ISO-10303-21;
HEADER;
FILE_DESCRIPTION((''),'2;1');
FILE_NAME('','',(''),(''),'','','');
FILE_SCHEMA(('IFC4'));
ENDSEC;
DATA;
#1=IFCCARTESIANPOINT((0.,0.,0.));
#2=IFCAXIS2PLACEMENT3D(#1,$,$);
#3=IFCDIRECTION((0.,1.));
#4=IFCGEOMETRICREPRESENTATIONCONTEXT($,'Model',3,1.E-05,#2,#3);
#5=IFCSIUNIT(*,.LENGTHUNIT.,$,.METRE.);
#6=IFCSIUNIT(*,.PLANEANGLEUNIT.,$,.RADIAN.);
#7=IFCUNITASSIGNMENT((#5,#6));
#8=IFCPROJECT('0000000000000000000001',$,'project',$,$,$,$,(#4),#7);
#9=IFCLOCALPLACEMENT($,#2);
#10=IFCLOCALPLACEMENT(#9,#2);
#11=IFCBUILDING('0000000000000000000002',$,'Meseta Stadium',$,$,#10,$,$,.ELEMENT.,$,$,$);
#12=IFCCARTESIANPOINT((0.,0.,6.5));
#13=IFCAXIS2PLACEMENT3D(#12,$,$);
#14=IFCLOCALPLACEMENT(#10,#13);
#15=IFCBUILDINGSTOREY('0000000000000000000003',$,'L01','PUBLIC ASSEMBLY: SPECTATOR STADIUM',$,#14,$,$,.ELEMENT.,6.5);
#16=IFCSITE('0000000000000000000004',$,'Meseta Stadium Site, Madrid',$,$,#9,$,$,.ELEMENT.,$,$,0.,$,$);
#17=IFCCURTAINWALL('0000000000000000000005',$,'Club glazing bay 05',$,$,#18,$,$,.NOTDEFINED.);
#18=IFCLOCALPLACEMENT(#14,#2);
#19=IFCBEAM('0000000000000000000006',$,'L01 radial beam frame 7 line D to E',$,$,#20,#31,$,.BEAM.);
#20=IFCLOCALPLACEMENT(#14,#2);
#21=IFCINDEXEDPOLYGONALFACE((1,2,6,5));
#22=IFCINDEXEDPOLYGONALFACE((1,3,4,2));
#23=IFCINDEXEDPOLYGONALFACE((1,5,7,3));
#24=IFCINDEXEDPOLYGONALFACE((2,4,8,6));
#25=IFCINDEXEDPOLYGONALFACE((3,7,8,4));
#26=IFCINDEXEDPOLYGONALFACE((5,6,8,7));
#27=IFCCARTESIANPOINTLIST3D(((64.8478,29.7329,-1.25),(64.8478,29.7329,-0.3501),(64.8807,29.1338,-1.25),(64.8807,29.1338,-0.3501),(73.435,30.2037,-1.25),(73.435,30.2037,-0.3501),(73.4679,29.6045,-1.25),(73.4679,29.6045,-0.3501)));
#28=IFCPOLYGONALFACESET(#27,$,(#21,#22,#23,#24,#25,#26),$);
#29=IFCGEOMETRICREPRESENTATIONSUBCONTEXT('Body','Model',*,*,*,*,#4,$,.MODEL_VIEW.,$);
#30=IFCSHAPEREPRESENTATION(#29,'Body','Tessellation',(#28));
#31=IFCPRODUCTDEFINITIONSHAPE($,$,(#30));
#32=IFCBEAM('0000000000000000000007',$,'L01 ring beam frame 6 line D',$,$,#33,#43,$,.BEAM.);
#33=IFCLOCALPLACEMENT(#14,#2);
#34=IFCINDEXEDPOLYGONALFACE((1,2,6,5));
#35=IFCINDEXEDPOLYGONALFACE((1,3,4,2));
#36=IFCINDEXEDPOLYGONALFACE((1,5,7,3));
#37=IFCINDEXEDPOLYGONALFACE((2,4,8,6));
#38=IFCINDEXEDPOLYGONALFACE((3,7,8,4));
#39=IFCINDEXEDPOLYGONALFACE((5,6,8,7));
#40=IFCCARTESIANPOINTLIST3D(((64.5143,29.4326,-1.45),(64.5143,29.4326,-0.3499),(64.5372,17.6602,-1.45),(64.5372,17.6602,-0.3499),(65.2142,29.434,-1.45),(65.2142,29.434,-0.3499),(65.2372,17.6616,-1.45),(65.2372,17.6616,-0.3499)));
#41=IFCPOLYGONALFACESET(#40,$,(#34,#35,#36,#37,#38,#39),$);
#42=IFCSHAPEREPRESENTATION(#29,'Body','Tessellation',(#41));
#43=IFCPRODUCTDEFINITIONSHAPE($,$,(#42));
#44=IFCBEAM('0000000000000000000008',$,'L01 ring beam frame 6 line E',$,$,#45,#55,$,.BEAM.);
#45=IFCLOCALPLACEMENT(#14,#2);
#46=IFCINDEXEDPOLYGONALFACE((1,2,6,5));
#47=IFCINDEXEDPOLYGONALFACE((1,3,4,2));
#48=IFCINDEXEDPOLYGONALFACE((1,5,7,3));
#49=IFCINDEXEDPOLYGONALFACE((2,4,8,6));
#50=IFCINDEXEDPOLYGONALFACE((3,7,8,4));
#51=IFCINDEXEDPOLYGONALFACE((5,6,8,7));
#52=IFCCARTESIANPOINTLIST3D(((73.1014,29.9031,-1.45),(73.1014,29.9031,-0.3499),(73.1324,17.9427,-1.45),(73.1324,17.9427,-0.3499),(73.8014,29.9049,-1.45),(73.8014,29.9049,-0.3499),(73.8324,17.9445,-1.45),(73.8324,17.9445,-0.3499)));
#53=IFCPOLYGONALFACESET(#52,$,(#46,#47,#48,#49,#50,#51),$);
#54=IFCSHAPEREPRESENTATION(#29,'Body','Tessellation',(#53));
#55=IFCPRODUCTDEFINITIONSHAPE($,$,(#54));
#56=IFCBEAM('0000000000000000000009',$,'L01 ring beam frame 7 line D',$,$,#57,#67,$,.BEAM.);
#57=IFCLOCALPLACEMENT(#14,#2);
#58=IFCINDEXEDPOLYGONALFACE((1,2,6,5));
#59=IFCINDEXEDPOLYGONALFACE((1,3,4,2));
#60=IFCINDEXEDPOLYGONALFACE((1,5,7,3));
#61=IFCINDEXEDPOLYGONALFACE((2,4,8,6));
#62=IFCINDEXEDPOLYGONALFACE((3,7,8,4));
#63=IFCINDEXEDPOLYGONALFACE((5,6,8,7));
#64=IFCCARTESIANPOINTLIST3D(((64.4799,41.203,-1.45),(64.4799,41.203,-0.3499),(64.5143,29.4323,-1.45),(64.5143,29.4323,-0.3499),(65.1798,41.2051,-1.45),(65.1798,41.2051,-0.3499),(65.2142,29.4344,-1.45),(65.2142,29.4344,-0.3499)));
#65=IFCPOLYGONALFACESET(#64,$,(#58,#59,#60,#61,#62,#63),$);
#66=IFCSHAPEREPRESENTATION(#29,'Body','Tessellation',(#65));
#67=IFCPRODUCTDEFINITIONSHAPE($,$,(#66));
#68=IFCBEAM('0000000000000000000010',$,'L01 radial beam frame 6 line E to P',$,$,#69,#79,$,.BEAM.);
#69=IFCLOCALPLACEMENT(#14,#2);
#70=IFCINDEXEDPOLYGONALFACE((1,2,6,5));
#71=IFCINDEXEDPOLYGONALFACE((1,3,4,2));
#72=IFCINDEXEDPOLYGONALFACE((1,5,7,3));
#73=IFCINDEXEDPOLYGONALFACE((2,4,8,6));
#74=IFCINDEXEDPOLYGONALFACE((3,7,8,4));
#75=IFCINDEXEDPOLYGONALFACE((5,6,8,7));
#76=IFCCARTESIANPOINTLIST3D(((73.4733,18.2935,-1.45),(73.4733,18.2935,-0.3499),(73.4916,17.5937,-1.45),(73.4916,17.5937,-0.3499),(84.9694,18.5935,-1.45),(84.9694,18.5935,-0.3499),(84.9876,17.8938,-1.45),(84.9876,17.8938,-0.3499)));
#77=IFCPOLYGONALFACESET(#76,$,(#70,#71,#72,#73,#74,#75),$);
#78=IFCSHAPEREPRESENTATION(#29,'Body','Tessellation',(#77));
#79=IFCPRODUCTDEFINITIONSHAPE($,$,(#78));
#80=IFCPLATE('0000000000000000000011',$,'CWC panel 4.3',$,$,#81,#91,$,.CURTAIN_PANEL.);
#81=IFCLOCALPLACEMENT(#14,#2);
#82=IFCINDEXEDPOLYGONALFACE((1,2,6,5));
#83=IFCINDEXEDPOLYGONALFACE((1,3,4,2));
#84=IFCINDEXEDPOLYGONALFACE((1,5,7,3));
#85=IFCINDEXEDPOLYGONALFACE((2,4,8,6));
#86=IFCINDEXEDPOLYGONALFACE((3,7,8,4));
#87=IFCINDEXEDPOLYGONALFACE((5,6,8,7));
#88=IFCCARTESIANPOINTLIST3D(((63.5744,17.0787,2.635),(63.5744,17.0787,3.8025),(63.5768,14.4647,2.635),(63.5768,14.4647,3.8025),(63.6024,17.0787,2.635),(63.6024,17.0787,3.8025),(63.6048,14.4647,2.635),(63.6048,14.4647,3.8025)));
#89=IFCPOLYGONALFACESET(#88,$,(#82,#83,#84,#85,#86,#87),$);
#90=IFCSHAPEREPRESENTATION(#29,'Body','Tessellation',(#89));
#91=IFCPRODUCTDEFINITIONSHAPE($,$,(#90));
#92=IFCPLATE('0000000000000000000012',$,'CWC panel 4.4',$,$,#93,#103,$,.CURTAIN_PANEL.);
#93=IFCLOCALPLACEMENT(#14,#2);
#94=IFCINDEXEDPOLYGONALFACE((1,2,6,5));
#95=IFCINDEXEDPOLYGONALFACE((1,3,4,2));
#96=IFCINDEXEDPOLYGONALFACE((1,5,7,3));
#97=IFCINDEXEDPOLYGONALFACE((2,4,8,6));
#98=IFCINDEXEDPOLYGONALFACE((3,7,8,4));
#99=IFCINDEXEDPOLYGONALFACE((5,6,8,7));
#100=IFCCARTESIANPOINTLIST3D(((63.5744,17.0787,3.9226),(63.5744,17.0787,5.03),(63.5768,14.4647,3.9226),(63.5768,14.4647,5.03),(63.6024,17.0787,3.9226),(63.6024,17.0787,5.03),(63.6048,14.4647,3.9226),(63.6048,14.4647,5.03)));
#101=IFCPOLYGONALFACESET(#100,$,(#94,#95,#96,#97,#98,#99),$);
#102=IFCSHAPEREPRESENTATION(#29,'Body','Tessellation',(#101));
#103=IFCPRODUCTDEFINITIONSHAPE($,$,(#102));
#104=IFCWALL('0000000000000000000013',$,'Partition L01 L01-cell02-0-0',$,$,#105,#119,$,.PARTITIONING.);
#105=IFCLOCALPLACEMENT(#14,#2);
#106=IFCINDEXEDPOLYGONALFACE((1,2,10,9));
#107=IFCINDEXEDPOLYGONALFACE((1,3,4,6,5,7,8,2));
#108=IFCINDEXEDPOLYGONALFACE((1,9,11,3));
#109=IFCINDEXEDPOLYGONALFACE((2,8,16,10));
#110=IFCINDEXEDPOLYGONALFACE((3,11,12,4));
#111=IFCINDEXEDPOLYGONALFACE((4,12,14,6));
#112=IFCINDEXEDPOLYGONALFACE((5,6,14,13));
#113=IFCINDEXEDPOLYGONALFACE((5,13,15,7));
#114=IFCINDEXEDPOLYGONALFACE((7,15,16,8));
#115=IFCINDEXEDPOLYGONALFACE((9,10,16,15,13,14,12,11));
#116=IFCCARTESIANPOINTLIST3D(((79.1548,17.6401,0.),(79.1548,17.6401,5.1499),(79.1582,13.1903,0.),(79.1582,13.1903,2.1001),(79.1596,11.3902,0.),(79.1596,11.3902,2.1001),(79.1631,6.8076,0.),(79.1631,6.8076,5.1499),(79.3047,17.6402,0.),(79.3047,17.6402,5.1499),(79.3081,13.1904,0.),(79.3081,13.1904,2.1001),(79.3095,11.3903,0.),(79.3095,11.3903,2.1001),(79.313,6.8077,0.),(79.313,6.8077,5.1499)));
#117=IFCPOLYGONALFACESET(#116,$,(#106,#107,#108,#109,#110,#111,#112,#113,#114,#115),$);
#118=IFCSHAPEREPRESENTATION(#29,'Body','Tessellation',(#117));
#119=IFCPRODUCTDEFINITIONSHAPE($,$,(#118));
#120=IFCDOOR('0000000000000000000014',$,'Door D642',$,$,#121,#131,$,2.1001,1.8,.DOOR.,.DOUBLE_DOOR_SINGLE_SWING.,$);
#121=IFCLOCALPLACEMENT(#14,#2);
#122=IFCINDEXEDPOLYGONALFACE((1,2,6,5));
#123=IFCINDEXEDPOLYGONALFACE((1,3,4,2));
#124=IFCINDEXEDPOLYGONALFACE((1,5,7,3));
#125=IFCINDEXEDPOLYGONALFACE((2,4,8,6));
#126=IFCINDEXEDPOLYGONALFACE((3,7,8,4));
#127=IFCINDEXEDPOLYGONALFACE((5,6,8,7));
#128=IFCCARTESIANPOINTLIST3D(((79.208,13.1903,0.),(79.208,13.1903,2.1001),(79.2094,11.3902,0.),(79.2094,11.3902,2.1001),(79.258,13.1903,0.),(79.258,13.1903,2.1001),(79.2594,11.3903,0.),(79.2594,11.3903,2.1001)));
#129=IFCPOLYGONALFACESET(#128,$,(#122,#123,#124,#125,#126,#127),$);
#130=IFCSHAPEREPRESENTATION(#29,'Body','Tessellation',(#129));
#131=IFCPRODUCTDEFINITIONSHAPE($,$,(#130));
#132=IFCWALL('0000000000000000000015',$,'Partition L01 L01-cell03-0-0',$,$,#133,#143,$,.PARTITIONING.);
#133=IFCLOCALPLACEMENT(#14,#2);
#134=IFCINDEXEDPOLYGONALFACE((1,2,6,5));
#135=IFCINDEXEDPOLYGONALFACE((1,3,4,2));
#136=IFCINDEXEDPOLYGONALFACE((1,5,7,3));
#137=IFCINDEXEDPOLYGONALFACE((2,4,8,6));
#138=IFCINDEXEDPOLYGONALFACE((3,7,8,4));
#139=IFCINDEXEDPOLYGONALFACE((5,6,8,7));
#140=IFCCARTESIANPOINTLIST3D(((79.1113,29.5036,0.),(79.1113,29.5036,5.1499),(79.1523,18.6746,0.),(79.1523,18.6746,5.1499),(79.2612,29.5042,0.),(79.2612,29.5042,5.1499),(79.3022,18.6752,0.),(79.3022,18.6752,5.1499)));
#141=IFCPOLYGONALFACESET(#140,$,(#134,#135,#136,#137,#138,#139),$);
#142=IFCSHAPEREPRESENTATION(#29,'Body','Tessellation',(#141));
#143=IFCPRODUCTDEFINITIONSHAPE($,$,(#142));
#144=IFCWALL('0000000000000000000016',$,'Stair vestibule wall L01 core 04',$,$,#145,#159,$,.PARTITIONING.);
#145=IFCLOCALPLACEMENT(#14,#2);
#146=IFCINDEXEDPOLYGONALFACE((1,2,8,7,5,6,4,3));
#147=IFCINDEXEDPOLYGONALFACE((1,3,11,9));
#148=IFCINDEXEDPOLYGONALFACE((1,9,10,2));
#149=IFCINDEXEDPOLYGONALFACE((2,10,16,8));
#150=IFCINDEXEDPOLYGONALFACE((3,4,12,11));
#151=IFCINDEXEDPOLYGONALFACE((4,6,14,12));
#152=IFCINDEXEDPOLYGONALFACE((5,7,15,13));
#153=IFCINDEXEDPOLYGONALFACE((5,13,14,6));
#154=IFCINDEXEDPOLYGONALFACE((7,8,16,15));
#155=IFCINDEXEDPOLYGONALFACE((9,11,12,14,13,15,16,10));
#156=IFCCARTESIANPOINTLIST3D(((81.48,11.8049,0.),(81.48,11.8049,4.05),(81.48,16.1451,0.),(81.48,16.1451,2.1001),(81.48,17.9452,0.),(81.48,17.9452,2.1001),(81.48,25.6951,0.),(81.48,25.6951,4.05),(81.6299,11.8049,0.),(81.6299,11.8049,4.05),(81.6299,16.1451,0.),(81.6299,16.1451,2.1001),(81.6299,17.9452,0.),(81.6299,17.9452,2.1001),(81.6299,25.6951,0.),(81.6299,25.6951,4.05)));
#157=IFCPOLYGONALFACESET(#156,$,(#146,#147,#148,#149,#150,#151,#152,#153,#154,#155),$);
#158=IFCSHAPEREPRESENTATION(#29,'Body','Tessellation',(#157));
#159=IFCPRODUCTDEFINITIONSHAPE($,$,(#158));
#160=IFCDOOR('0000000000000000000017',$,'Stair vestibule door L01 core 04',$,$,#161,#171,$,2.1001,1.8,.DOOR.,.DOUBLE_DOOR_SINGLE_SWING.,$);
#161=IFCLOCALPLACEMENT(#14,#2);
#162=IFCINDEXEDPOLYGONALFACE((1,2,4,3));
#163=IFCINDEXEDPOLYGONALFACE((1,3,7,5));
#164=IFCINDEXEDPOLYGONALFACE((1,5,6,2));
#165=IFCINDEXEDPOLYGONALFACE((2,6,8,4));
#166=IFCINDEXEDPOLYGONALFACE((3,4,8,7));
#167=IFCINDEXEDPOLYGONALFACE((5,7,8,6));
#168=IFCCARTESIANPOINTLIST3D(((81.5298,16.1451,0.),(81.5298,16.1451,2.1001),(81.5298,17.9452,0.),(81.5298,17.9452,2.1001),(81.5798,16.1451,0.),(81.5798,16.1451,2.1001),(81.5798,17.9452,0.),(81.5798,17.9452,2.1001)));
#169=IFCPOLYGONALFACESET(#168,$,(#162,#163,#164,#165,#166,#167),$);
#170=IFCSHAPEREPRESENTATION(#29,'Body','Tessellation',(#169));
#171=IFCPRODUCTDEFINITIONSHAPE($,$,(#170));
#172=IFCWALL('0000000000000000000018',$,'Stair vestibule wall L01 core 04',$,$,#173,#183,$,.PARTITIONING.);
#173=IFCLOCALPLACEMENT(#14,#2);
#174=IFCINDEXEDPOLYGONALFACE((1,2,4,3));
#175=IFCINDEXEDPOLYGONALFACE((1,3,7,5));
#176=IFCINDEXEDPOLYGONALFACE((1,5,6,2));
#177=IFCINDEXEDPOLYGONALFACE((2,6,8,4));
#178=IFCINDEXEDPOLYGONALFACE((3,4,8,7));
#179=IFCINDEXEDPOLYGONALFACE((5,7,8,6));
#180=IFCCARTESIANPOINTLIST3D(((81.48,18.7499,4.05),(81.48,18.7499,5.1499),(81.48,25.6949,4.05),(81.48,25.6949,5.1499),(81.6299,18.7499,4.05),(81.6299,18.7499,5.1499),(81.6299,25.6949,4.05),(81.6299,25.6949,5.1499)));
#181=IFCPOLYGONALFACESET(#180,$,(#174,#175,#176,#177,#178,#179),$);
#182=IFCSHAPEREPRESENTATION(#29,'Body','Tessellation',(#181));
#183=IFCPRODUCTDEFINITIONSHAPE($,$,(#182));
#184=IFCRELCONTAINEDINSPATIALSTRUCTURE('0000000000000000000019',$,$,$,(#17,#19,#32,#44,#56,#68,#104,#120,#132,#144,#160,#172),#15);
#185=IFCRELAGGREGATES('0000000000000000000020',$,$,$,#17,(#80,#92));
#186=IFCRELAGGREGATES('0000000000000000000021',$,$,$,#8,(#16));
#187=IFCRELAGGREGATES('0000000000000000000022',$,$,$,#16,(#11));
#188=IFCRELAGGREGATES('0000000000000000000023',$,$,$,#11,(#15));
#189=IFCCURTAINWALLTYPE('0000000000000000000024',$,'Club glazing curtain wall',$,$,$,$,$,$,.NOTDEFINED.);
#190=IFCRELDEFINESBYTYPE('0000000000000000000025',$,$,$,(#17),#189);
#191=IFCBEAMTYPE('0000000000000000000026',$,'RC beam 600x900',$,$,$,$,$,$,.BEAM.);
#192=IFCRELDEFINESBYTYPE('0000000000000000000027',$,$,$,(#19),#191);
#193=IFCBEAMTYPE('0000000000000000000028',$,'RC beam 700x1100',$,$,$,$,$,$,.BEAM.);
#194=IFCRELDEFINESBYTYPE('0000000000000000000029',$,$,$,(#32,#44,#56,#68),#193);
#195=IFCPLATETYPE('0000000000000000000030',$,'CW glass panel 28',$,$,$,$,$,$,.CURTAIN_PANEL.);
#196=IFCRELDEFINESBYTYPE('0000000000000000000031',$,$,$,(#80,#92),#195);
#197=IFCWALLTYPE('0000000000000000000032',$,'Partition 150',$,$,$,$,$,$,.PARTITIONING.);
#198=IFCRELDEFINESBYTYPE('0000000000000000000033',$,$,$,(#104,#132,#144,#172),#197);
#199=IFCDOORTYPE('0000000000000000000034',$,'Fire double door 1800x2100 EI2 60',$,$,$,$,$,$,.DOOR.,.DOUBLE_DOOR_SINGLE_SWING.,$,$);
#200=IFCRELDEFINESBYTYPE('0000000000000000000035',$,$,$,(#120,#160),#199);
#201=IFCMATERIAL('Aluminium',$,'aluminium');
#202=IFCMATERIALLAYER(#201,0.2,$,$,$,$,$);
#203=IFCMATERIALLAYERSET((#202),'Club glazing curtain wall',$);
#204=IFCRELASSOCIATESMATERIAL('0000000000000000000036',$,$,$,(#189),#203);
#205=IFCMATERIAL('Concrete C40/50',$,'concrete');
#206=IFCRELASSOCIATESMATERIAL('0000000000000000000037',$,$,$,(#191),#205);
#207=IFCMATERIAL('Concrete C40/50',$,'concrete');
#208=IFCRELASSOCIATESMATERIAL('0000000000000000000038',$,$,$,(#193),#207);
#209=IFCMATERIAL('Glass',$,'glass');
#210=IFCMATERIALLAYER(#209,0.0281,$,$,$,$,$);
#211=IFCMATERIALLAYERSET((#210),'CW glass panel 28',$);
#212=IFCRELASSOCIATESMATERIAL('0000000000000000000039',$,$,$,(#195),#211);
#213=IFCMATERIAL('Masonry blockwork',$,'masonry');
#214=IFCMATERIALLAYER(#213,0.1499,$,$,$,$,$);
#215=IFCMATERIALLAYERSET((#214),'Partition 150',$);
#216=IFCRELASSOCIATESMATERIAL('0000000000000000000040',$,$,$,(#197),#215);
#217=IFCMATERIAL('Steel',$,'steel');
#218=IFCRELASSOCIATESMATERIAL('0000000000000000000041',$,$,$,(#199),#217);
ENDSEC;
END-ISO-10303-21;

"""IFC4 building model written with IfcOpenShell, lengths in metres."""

from ifc_helpers import new_model, si_unit, direction, frame, frame_2d, origin, origin_2d, place, context, subcontext, project, spatial, rectangle, extrude, material, layer, layer_set, material_profile, profile_set, type_object, element, fill, aggregate, save


model = new_model("IFC4")

# Units and contexts
model_context = context("Model", 3, precision=1e-05, world=origin(), true_north=direction((0.0, 1.0)))
body_context = subcontext(model_context, "Body", "Model", "MODEL_VIEW")
ifc_project = project(units=[si_unit("LENGTHUNIT", "METRE"), si_unit("PLANEANGLEUNIT", "RADIAN")], contexts=[model_context])

# Site, building, storey
site_placement = place(None, origin())
site = spatial("IfcSite", under=ifc_project, at=site_placement, Name="Meseta Stadium Site, Madrid", CompositionType="ELEMENT", RefElevation=0.0)
building_placement = place(site_placement, origin())
building = spatial("IfcBuilding", under=site, at=building_placement, Name="Meseta Stadium", CompositionType="ELEMENT")
storey_placement = place(building_placement, frame((0.0, 0.0, 6.5)))
storey = spatial("IfcBuildingStorey", under=building, at=storey_placement, Name="L01", Description="PUBLIC ASSEMBLY: SPECTATOR STADIUM", CompositionType="ELEMENT", Elevation=6.5)

# Curtain wall
ifc_material_1 = material(Name="Aluminium", Category="aluminium")
ifc_layer_1 = layer(ifc_material_1, 0.2)
ifc_layer_set_1 = layer_set([ifc_layer_1], Name="Club glazing curtain wall")
curtain_wall_type = type_object("IfcCurtainWallType", Name="Club glazing curtain wall", PredefinedType="NOTDEFINED", material=ifc_layer_set_1)
curtain_wall_placement = place(storey_placement, origin())
curtain_wall = element("IfcCurtainWall", 1, at=curtain_wall_placement, inside=storey, type_object=curtain_wall_type, Name="Club glazing bay 05", PredefinedType="NOTDEFINED")

# Beams
ifc_material_2 = material(Name="Concrete C40/50", Category="concrete")
ifc_material_profile_1 = material_profile(ifc_material_2, rectangle(XDim=0.6001, YDim=0.8999, at=origin_2d()), Name="RC 600x900")
ifc_profile_set_1 = profile_set([ifc_material_profile_1], Name="Concrete C40/50")
beam_type_1 = type_object("IfcBeamType", Name="RC beam 600x900", PredefinedType="BEAM", material=ifc_profile_set_1)
beam_1_placement = place(storey_placement, frame((64.8643, 29.4333, -0.8), z_axis=(0.998501, 0.054733, 0.0), x_axis=(-0.054733, 0.998501, 0.0)))
element("IfcBeam", 2, at=beam_1_placement, inside=storey, type_object=beam_type_1, Name="L01 radial beam frame 7 line D to E", PredefinedType="BEAM", context=body_context, shape_type="SweptSolid", body=[
    extrude(rectangle(XDim=0.6001, YDim=0.8999, at=origin_2d()), origin(), (0.0, 0.0, 1.0), 8.6001),
])
ifc_material_3 = material(Name="Concrete C40/50", Category="concrete")
ifc_material_profile_2 = material_profile(ifc_material_3, rectangle(XDim=0.7, YDim=1.1001, at=origin_2d()), Name="RC 700x1100")
ifc_profile_set_2 = profile_set([ifc_material_profile_2], Name="Concrete C40/50")
beam_type_2 = type_object("IfcBeamType", Name="RC beam 700x1100", PredefinedType="BEAM", material=ifc_profile_set_2)
beam_2_placement = place(storey_placement, frame((64.8872, 17.6609, -0.8999), z_axis=(-0.001949, 0.999998, 0.0), x_axis=(-0.999998, -0.001949, 0.0)))
element("IfcBeam", 3, at=beam_2_placement, inside=storey, type_object=beam_type_2, Name="L01 ring beam frame 6 line D", PredefinedType="BEAM", context=body_context, shape_type="SweptSolid", body=[
    extrude(rectangle(XDim=0.7, YDim=1.1001, at=origin_2d()), origin(), (0.0, 0.0, 1.0), 11.7725),
])
beam_3_placement = place(storey_placement, frame((73.4824, 17.9436, -0.8999), z_axis=(-0.002592, 0.999997, 0.0), x_axis=(-0.999997, -0.002592, 0.0)))
element("IfcBeam", 4, at=beam_3_placement, inside=storey, type_object=beam_type_2, Name="L01 ring beam frame 6 line E", PredefinedType="BEAM", context=body_context, shape_type="SweptSolid", body=[
    extrude(rectangle(XDim=0.7, YDim=1.1001, at=origin_2d()), origin(), (0.0, 0.0, 1.0), 11.9604),
])
beam_4_placement = place(storey_placement, frame((64.8643, 29.4333, -0.8999), z_axis=(-0.002925, 0.999996, 0.0), x_axis=(-0.999996, -0.002925, 0.0)))
element("IfcBeam", 5, at=beam_4_placement, inside=storey, type_object=beam_type_2, Name="L01 ring beam frame 7 line D", PredefinedType="BEAM", context=body_context, shape_type="SweptSolid", body=[
    extrude(rectangle(XDim=0.7, YDim=1.1001, at=origin_2d()), origin(), (0.0, 0.0, 1.0), 11.7708),
])
beam_5_placement = place(storey_placement, frame((73.4824, 17.9436, -0.8999), z_axis=(0.99966, 0.026091, 0.0), x_axis=(-0.026091, 0.99966, 0.0)))
element("IfcBeam", 6, at=beam_5_placement, inside=storey, type_object=beam_type_2, Name="L01 radial beam frame 6 line E to P", PredefinedType="BEAM", context=body_context, shape_type="SweptSolid", body=[
    extrude(rectangle(XDim=0.7, YDim=1.1001, at=origin_2d()), origin(), (0.0, 0.0, 1.0), 11.5),
])

# Plates
ifc_material_4 = material(Name="Glass", Category="glass")
ifc_layer_2 = layer(ifc_material_4, 0.0281)
ifc_layer_set_2 = layer_set([ifc_layer_2], Name="CW glass panel 28")
plate_type = type_object("IfcPlateType", Name="CW glass panel 28", PredefinedType="CURTAIN_PANEL", material=ifc_layer_set_2)
plate_1_placement = place(storey_placement, frame((63.5896, 15.7717, 2.635), z_axis=(0.0, 0.0, 1.0), x_axis=(-0.000925, 1.0, 0.0)))
plate_1 = element("IfcPlate", 7, at=plate_1_placement, type_object=plate_type, Name="CWC panel 4.3", PredefinedType="CURTAIN_PANEL", context=body_context, shape_type="SweptSolid", body=[
    extrude(rectangle(XDim=2.614, YDim=0.0281, at=origin_2d()), origin(), (0.0, 0.0, 1.0), 1.1675),
])
plate_2_placement = place(storey_placement, frame((63.5896, 15.7717, 3.9226), z_axis=(0.0, 0.0, 1.0), x_axis=(-0.000925, 1.0, 0.0)))
plate_2 = element("IfcPlate", 8, at=plate_2_placement, type_object=plate_type, Name="CWC panel 4.4", PredefinedType="CURTAIN_PANEL", context=body_context, shape_type="SweptSolid", body=[
    extrude(rectangle(XDim=2.614, YDim=0.0281, at=origin_2d()), origin(), (0.0, 0.0, 1.0), 1.1074),
])
aggregate(curtain_wall, [plate_1, plate_2])

# Wall, opening, door
ifc_material_5 = material(Name="Masonry blockwork", Category="masonry")
ifc_layer_3 = layer(ifc_material_5, 0.1499)
ifc_layer_set_3 = layer_set([ifc_layer_3], Name="Partition 150")
wall_type = type_object("IfcWallType", Name="Partition 150", PredefinedType="PARTITIONING", material=ifc_layer_set_3)
wall_1_placement = place(storey_placement, frame((79.2297, 17.6401, 0.0), z_axis=(0.0, 0.0, 1.0), x_axis=(0.000766, -1.0, 0.0)))
wall_1 = element("IfcWall", 9, at=wall_1_placement, inside=storey, type_object=wall_type, Name="Partition L01 L01-cell02-0-0", PredefinedType="PARTITIONING", context=body_context, shape_type="SweptSolid", body=[
    extrude(rectangle(XDim=10.8325, YDim=0.1499, at=frame_2d((5.4163, 0.0))), origin(), (0.0, 0.0, 1.0), 5.1499),
])
opening_1_placement = place(wall_1_placement, frame((4.45, 0.0, 0.0)))
opening_1 = element("IfcOpeningElement", 10, at=opening_1_placement, cuts=wall_1, PredefinedType="OPENING", context=body_context, shape_type="SweptSolid", body=[
    extrude(rectangle(XDim=1.8, YDim=2.1001, at=frame_2d((0.8999, 1.05))), frame((0.0, 0.085, 0.0), z_axis=(0.0, -1.0, 0.0), x_axis=(1.0, 0.0, 0.0)), (0.0, 0.0, 1.0), 0.1699),
])
ifc_material_6 = material(Name="Steel", Category="steel")
door_type = type_object("IfcDoorType", Name="Fire double door 1800x2100 EI2 60", OperationType="DOUBLE_DOOR_SINGLE_SWING", PredefinedType="DOOR", material=ifc_material_6)
door_1_placement = place(opening_1_placement, origin())
door_1 = element("IfcDoor", 11, at=door_1_placement, inside=storey, type_object=door_type, Name="Door D642", OperationType="DOUBLE_DOOR_SINGLE_SWING", OverallHeight=2.1001, OverallWidth=1.8, PredefinedType="DOOR", context=body_context, shape_type="SweptSolid", body=[
    extrude(rectangle(XDim=1.8, YDim=2.1001, at=frame_2d((0.8999, 1.05))), frame((0.0, 0.0249, 0.0), z_axis=(0.0, -1.0, 0.0), x_axis=(1.0, 0.0, 0.0)), (0.0, 0.0, 1.0), 0.05),
])
fill(opening_1, door_1)

# Wall
wall_2_placement = place(storey_placement, frame((79.1863, 29.5039, 0.0), z_axis=(0.0, 0.0, 1.0), x_axis=(0.003788, -0.999993, 0.0)))
element("IfcWall", 12, at=wall_2_placement, inside=storey, type_object=wall_type, Name="Partition L01 L01-cell03-0-0", PredefinedType="PARTITIONING", context=body_context, shape_type="SweptSolid", body=[
    extrude(rectangle(XDim=10.8291, YDim=0.1499, at=frame_2d((5.4146, 0.0))), origin(), (0.0, 0.0, 1.0), 5.1499),
])

# Wall, opening, door
wall_3_placement = place(storey_placement, frame((81.5549, 25.6951, 0.0), z_axis=(0.0, 0.0, 1.0), x_axis=(0.0, -1.0, 0.0)))
wall_3 = element("IfcWall", 13, at=wall_3_placement, inside=storey, type_object=wall_type, Name="Stair vestibule wall L01 core 04", PredefinedType="PARTITIONING", context=body_context, shape_type="SweptSolid", body=[
    extrude(rectangle(XDim=13.8901, YDim=0.1499, at=frame_2d((6.9451, 0.0))), origin(), (0.0, 0.0, 1.0), 4.05),
])
opening_2_placement = place(wall_3_placement, frame((7.75, 0.0, 0.0)))
opening_2 = element("IfcOpeningElement", 14, at=opening_2_placement, cuts=wall_3, PredefinedType="OPENING", context=body_context, shape_type="SweptSolid", body=[
    extrude(rectangle(XDim=1.8, YDim=2.1001, at=frame_2d((0.8999, 1.05))), frame((0.0, 0.085, 0.0), z_axis=(0.0, -1.0, 0.0), x_axis=(1.0, 0.0, 0.0)), (0.0, 0.0, 1.0), 0.1699),
])
door_2_placement = place(opening_2_placement, origin())
door_2 = element("IfcDoor", 15, at=door_2_placement, inside=storey, type_object=door_type, Name="Stair vestibule door L01 core 04", OperationType="DOUBLE_DOOR_SINGLE_SWING", OverallHeight=2.1001, OverallWidth=1.8, PredefinedType="DOOR", context=body_context, shape_type="SweptSolid", body=[
    extrude(rectangle(XDim=1.8, YDim=2.1001, at=frame_2d((0.8999, 1.05))), frame((0.0, 0.0249, 0.0), z_axis=(0.0, -1.0, 0.0), x_axis=(1.0, 0.0, 0.0)), (0.0, 0.0, 1.0), 0.05),
])
fill(opening_2, door_2)

# Wall
wall_4_placement = place(storey_placement, frame((81.5549, 25.6951, 4.05), z_axis=(0.0, 0.0, 1.0), x_axis=(0.0, -1.0, 0.0)))
element("IfcWall", 16, at=wall_4_placement, inside=storey, type_object=wall_type, Name="Stair vestibule wall L01 core 04", PredefinedType="PARTITIONING", context=body_context, shape_type="SweptSolid", body=[
    extrude(rectangle(XDim=6.9451, YDim=0.1499, at=frame_2d((3.4727, 0.0))), origin(), (0.0, 0.0, 1.0), 1.0999),
])

save(model, "model.ifc")
